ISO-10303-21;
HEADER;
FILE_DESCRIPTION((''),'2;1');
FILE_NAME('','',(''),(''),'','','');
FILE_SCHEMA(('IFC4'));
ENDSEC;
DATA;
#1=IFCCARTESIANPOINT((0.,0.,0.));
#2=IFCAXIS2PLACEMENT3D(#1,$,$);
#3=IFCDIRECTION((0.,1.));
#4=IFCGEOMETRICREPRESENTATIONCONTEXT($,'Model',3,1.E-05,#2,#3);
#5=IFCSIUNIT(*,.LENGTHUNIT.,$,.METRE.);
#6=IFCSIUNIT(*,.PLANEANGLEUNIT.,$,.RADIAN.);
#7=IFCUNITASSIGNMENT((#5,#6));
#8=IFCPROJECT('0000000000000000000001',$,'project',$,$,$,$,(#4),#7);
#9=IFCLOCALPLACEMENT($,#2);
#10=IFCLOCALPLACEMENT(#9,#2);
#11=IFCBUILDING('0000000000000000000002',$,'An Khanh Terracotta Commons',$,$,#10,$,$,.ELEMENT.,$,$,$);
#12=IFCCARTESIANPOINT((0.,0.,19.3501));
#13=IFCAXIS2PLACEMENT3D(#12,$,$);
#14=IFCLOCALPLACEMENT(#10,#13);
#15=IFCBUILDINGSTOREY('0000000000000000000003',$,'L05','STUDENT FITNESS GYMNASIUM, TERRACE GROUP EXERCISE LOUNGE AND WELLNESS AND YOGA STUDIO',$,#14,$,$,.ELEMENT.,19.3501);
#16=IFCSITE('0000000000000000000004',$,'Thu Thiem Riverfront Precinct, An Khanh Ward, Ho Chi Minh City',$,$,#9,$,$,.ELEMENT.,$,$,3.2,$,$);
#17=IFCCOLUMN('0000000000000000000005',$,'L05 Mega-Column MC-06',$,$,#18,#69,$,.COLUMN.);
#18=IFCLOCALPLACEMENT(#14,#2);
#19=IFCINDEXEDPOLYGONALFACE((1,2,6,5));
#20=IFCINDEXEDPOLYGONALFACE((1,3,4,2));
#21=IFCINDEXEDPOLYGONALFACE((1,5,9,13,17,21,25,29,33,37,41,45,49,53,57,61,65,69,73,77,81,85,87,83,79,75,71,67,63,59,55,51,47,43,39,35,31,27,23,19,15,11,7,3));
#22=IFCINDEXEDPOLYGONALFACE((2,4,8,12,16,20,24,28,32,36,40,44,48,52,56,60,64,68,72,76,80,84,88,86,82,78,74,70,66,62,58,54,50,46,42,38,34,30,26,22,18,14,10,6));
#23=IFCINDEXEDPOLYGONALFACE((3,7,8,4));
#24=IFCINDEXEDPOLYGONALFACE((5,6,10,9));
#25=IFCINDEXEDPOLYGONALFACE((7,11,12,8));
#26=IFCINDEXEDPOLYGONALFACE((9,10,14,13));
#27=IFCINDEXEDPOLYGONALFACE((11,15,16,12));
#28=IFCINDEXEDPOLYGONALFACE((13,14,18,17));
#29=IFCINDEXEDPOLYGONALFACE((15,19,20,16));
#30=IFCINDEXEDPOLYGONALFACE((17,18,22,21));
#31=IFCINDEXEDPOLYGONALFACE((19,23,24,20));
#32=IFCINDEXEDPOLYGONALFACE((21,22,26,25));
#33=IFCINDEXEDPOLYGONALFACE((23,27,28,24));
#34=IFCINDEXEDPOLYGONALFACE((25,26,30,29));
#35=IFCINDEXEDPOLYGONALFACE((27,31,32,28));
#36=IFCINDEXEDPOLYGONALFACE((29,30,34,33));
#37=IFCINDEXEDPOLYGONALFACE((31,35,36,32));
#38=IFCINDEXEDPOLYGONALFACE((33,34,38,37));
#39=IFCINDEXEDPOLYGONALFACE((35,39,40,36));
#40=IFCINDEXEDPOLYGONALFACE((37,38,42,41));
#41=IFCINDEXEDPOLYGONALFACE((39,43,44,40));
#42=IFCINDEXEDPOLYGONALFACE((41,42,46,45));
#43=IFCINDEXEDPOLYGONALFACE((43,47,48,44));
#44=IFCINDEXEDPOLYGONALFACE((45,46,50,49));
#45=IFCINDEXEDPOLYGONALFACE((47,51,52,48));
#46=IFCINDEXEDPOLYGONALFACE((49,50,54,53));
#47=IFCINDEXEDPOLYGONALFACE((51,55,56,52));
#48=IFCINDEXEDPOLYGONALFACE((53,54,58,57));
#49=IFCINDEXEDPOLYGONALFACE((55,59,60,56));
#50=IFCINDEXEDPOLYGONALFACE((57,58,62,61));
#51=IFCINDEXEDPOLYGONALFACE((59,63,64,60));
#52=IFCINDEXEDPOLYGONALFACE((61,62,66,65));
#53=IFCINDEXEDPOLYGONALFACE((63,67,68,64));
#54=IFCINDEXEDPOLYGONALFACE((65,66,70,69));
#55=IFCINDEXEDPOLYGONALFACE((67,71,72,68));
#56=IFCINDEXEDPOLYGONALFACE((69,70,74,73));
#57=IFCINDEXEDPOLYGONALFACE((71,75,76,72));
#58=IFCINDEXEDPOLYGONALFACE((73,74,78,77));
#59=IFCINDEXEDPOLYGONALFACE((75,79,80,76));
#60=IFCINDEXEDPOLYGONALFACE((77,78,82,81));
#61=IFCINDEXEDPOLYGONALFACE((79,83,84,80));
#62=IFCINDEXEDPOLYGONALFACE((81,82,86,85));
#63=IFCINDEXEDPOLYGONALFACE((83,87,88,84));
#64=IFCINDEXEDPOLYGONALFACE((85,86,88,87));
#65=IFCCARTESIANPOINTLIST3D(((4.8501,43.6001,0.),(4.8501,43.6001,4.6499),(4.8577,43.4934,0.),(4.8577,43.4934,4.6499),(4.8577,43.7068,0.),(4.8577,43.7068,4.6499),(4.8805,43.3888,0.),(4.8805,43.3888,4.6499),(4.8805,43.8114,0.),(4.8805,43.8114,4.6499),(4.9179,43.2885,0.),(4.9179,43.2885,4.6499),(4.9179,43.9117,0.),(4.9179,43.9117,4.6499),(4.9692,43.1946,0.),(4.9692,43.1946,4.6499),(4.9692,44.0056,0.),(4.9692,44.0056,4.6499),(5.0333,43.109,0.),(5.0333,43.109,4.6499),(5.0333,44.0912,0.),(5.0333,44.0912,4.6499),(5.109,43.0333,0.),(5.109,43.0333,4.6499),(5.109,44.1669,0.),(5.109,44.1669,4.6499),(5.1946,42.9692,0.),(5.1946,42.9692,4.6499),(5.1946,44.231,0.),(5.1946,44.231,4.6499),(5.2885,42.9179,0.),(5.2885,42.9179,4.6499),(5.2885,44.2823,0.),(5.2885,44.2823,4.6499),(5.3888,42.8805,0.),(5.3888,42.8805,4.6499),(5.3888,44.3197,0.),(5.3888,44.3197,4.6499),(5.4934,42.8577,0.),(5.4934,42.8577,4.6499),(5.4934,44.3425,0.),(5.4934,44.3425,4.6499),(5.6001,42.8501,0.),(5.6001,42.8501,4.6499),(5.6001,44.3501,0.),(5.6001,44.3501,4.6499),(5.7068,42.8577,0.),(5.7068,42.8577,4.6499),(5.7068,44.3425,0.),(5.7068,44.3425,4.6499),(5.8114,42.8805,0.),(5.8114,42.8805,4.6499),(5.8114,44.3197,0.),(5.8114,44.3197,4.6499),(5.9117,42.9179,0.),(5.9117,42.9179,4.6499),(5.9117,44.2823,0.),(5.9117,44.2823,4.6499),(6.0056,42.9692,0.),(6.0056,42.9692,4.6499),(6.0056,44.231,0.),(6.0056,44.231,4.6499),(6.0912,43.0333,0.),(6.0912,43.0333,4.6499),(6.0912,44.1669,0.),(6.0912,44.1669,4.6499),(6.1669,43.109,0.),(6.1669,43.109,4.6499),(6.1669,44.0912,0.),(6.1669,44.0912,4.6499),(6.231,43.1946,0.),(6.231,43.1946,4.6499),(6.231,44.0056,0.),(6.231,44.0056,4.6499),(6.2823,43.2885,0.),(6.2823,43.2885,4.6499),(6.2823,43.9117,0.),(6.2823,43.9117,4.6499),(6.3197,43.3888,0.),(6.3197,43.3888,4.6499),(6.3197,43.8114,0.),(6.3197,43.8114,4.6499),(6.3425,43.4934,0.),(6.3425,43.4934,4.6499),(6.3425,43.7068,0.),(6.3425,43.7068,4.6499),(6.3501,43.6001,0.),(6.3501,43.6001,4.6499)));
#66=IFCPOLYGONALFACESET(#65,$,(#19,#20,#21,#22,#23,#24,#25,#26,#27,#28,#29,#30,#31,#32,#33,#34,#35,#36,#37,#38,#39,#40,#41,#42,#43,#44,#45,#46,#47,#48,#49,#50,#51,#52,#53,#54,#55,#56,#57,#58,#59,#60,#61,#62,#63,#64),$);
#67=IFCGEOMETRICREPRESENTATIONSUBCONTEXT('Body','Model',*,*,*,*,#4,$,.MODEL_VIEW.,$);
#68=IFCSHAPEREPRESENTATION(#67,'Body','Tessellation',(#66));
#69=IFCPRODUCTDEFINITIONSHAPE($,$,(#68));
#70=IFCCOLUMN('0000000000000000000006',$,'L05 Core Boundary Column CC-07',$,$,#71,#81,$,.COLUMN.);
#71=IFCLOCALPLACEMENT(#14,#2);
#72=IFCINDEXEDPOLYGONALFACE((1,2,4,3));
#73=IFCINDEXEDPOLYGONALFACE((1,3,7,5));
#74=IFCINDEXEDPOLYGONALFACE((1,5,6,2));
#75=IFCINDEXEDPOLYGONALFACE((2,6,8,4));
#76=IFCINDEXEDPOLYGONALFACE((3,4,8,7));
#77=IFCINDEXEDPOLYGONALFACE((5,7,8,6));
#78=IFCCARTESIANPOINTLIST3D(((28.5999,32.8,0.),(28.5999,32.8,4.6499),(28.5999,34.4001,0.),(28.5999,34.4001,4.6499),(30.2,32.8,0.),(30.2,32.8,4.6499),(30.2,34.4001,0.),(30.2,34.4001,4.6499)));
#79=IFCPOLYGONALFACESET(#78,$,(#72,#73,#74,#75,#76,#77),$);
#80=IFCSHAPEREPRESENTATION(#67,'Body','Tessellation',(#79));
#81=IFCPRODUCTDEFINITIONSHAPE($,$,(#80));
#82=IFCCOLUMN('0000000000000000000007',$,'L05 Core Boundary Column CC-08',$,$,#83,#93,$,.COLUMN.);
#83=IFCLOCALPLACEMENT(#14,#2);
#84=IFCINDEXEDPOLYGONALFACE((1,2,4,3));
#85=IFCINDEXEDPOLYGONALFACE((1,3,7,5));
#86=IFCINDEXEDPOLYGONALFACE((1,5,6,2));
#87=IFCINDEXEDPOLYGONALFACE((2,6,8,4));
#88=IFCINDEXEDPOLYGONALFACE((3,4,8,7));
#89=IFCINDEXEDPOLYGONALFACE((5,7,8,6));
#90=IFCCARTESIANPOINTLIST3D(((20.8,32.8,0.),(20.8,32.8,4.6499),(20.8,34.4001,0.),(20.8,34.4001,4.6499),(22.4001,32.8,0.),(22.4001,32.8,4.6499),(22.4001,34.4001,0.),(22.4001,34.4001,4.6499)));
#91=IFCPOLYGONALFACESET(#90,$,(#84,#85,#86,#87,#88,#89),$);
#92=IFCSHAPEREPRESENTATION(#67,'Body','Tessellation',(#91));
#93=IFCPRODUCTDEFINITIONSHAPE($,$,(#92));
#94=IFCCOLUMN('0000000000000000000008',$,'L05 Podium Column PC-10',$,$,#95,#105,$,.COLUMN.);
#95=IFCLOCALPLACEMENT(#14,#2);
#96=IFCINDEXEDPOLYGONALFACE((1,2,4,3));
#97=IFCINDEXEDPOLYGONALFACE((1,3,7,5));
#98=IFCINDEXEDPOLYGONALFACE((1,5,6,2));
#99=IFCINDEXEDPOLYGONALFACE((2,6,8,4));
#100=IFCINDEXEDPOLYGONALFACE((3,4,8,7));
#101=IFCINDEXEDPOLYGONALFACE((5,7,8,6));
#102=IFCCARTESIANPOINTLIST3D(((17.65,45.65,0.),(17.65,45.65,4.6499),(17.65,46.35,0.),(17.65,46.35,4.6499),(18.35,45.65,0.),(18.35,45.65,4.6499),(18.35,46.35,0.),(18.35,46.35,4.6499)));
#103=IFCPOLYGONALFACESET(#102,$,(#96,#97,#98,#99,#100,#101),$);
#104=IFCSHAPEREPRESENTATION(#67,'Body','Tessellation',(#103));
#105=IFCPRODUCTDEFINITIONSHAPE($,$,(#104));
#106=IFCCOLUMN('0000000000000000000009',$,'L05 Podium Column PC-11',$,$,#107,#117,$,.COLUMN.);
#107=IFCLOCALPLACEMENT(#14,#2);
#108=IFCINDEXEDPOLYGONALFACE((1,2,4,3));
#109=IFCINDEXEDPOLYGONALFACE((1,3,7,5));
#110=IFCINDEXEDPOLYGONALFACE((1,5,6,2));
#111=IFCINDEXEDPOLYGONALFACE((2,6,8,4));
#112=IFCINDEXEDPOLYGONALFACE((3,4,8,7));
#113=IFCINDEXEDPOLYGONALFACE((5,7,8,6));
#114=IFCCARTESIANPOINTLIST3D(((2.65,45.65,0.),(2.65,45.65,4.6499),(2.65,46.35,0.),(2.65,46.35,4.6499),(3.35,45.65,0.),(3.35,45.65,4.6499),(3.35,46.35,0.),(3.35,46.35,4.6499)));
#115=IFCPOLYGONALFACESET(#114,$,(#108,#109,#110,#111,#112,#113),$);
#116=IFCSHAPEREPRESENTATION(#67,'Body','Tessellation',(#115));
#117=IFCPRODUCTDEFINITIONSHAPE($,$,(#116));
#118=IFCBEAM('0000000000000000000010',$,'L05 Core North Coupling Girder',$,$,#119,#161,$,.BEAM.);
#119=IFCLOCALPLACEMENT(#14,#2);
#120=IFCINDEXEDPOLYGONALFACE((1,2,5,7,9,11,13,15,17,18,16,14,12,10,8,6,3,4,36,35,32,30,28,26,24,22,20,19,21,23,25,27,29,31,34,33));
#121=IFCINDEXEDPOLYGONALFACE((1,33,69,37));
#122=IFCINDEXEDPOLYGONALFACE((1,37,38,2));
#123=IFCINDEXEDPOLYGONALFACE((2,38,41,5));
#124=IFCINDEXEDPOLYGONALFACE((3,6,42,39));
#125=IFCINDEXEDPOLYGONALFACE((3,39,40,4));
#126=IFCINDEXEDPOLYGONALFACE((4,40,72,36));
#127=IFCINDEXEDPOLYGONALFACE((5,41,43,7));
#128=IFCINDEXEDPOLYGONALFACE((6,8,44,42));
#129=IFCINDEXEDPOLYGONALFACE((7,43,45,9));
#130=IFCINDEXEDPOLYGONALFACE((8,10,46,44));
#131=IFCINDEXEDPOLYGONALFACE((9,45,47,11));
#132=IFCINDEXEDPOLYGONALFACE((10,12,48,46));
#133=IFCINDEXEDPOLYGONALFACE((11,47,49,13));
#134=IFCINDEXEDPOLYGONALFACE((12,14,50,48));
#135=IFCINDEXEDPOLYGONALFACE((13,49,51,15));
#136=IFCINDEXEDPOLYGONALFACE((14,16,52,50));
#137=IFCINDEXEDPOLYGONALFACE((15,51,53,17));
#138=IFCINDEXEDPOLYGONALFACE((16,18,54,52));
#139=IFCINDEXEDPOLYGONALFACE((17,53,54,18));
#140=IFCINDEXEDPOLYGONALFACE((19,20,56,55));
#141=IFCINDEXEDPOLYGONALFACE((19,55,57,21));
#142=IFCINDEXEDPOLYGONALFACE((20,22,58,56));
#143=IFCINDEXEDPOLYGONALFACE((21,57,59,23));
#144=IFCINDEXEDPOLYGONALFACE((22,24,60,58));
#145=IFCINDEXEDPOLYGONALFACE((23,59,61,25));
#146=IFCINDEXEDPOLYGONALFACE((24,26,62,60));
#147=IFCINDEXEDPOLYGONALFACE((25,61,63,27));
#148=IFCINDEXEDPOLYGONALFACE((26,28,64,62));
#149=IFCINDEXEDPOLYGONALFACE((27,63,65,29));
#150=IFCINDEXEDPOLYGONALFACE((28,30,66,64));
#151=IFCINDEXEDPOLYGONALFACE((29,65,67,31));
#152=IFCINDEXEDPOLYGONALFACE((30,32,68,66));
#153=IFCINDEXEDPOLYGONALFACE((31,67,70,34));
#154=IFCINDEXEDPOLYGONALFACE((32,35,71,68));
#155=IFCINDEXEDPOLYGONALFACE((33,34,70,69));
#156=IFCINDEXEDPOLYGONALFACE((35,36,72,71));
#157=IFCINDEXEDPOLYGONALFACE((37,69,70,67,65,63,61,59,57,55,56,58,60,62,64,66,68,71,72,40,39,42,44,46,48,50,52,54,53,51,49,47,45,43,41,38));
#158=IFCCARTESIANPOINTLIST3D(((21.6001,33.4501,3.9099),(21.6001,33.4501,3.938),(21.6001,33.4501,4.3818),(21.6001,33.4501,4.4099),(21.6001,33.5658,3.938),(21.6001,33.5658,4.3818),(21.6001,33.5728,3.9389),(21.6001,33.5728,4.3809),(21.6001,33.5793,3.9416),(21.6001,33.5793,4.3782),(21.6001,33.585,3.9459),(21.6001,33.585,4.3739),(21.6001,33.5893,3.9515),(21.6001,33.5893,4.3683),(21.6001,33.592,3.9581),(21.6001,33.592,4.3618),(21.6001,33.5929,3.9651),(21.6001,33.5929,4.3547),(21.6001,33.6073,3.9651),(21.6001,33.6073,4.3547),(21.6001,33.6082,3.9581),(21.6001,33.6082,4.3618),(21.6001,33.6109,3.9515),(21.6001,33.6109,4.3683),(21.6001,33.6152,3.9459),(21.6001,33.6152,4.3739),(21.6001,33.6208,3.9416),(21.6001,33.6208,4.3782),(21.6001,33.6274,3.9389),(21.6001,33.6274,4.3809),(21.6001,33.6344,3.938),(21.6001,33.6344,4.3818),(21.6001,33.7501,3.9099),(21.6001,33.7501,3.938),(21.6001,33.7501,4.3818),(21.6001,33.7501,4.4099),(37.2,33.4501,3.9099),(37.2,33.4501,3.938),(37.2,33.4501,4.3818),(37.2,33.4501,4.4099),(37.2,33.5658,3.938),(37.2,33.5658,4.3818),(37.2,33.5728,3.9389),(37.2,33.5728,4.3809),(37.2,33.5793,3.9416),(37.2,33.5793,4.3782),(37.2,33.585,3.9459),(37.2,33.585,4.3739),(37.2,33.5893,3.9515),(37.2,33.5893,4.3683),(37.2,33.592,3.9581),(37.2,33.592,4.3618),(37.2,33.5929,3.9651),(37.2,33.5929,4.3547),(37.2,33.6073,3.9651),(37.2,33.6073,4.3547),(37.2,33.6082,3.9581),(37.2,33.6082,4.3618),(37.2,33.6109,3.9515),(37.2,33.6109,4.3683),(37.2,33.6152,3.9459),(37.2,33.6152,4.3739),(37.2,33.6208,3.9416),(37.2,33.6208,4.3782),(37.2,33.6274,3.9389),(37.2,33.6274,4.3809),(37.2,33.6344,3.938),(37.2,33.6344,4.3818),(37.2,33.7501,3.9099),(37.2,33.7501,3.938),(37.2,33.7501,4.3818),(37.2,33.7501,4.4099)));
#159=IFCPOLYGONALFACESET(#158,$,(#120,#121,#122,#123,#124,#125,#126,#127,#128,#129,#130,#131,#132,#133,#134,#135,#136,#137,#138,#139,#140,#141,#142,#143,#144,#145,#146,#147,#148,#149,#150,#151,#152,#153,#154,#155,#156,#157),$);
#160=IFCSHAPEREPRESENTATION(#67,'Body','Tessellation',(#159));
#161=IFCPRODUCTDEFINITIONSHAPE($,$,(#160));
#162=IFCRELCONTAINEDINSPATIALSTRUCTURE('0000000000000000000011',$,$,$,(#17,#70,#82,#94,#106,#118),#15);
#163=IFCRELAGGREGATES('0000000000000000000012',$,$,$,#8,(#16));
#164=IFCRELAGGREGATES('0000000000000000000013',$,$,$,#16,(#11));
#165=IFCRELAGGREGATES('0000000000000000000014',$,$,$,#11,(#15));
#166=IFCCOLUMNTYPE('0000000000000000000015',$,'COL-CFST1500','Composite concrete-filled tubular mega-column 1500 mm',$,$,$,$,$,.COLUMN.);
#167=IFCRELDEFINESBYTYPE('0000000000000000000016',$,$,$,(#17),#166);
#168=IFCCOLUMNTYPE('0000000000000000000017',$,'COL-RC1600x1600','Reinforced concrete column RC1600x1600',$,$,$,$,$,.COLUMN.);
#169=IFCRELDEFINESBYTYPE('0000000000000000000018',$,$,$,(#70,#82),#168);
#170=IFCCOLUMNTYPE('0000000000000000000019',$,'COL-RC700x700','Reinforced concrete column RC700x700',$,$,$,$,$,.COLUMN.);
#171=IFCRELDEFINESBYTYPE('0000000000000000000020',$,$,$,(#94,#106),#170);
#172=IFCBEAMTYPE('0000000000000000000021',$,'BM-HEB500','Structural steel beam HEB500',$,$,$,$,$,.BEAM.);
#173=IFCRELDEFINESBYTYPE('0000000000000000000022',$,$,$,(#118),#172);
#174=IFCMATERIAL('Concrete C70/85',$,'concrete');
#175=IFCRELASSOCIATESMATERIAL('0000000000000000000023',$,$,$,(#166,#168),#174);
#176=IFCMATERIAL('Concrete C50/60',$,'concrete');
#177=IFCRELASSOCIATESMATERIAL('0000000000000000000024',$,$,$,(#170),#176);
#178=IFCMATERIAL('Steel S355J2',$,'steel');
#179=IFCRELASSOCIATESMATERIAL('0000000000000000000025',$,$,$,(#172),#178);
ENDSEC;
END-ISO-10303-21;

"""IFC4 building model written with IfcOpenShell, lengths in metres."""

from ifc_helpers import new_model, si_unit, direction, frame, origin, origin_2d, place, context, subcontext, project, spatial, rectangle, circle, i_section, extrude, material, material_profile, profile_set, type_object, element, save


model = new_model("IFC4")

# Units and contexts
model_context = context("Model", 3, precision=1e-05, world=origin(), true_north=direction((0.0, 1.0)))
body_context = subcontext(model_context, "Body", "Model", "MODEL_VIEW")
ifc_project = project(units=[si_unit("LENGTHUNIT", "METRE"), si_unit("PLANEANGLEUNIT", "RADIAN")], contexts=[model_context])

# Site, building, storey
site_placement = place(None, origin())
site = spatial("IfcSite", under=ifc_project, at=site_placement, Name="Thu Thiem Riverfront Precinct, An Khanh Ward, Ho Chi Minh City", CompositionType="ELEMENT", RefElevation=3.2)
building_placement = place(site_placement, origin())
building = spatial("IfcBuilding", under=site, at=building_placement, Name="An Khanh Terracotta Commons", CompositionType="ELEMENT")
storey_placement = place(building_placement, frame((0.0, 0.0, 19.3501)))
storey = spatial("IfcBuildingStorey", under=building, at=storey_placement, Name="L05", Description="STUDENT FITNESS GYMNASIUM, TERRACE GROUP EXERCISE LOUNGE AND WELLNESS AND YOGA STUDIO", CompositionType="ELEMENT", Elevation=19.3501)

# Columns
ifc_material_1 = material(Name="Concrete C70/85", Category="concrete")
ifc_material_profile_1 = material_profile(ifc_material_1, circle(Radius=0.75, at=origin_2d()), Name="CFST1500")
ifc_profile_set_1 = profile_set([ifc_material_profile_1], Name="Concrete C70/85")
column_type_1 = type_object("IfcColumnType", Name="COL-CFST1500", Description="Composite concrete-filled tubular mega-column 1500 mm", PredefinedType="COLUMN", material=ifc_profile_set_1)
column_placement = place(storey_placement, frame((5.6001, 43.6001, 0.0), z_axis=(0.0, 0.0, 1.0), x_axis=(1.0, 0.0, 0.0)))
element("IfcColumn", 1, at=column_placement, inside=storey, type_object=column_type_1, Name="L05 Mega-Column MC-06", PredefinedType="COLUMN", context=body_context, shape_type="SweptSolid", body=[
    extrude(circle(Radius=0.75, at=origin_2d()), origin(), (0.0, 0.0, 1.0), 4.6499),
])
ifc_material_profile_2 = material_profile(ifc_material_1, rectangle(XDim=1.6001, YDim=1.6001, at=origin_2d()), Name="RC1600x1600")
ifc_profile_set_2 = profile_set([ifc_material_profile_2], Name="Concrete C70/85")
column_type_2 = type_object("IfcColumnType", Name="COL-RC1600x1600", Description="Reinforced concrete column RC1600x1600", PredefinedType="COLUMN", material=ifc_profile_set_2)
for number, where, z_axis, x_axis, name in (
    (2, (29.3999, 33.6001, 0.0), (0.0, 0.0, 1.0), (1.0, 0.0, 0.0), "L05 Core Boundary Column CC-07"),
    (3, (21.6001, 33.6001, 0.0), (0.0, 0.0, 1.0), (1.0, 0.0, 0.0), "L05 Core Boundary Column CC-08"),
):
    element("IfcColumn", number, at=place(storey_placement, frame(where, z_axis=z_axis, x_axis=x_axis)), inside=storey, type_object=column_type_2, Name=name, PredefinedType="COLUMN", context=body_context, shape_type="SweptSolid", body=[
        extrude(rectangle(XDim=1.6001, YDim=1.6001, at=origin_2d()), origin(), (0.0, 0.0, 1.0), 4.6499),
    ])
ifc_material_2 = material(Name="Concrete C50/60", Category="concrete")
ifc_material_profile_3 = material_profile(ifc_material_2, rectangle(XDim=0.7, YDim=0.7, at=origin_2d()), Name="RC700x700")
ifc_profile_set_3 = profile_set([ifc_material_profile_3], Name="Concrete C50/60")
column_type_3 = type_object("IfcColumnType", Name="COL-RC700x700", Description="Reinforced concrete column RC700x700", PredefinedType="COLUMN", material=ifc_profile_set_3)
for number, where, z_axis, x_axis, name in (
    (4, (18.0, 46.0, 0.0), (0.0, 0.0, 1.0), (1.0, 0.0, 0.0), "L05 Podium Column PC-10"),
    (5, (3.0, 46.0, 0.0), (0.0, 0.0, 1.0), (1.0, 0.0, 0.0), "L05 Podium Column PC-11"),
):
    element("IfcColumn", number, at=place(storey_placement, frame(where, z_axis=z_axis, x_axis=x_axis)), inside=storey, type_object=column_type_3, Name=name, PredefinedType="COLUMN", context=body_context, shape_type="SweptSolid", body=[
        extrude(rectangle(XDim=0.7, YDim=0.7, at=origin_2d()), origin(), (0.0, 0.0, 1.0), 4.6499),
    ])

# Beam
ifc_material_3 = material(Name="Steel S355J2", Category="steel")
ifc_material_profile_4 = material_profile(ifc_material_3, i_section(OverallWidth=0.3, OverallDepth=0.5, WebThickness=0.0144, FlangeThickness=0.0281, FilletRadius=0.0271, at=origin_2d()), Name="HEB500")
ifc_profile_set_4 = profile_set([ifc_material_profile_4], Name="Steel S355J2")
beam_type_1 = type_object("IfcBeamType", Name="BM-HEB500", Description="Structural steel beam HEB500", PredefinedType="BEAM", material=ifc_profile_set_4)
beam_1_placement = place(storey_placement, frame((21.6001, 33.6001, 4.1599), z_axis=(1.0, 0.0, 0.0), x_axis=(0.0, 1.0, 0.0)))
element("IfcBeam", 6, at=beam_1_placement, inside=storey, type_object=beam_type_1, Name="L05 Core North Coupling Girder", PredefinedType="BEAM", context=body_context, shape_type="SweptSolid", body=[
    extrude(i_section(OverallWidth=0.3, OverallDepth=0.5, WebThickness=0.0144, FlangeThickness=0.0281, FilletRadius=0.0271, at=origin_2d()), origin(), (0.0, 0.0, 1.0), 15.5999),
])

save(model, "model.ifc")
